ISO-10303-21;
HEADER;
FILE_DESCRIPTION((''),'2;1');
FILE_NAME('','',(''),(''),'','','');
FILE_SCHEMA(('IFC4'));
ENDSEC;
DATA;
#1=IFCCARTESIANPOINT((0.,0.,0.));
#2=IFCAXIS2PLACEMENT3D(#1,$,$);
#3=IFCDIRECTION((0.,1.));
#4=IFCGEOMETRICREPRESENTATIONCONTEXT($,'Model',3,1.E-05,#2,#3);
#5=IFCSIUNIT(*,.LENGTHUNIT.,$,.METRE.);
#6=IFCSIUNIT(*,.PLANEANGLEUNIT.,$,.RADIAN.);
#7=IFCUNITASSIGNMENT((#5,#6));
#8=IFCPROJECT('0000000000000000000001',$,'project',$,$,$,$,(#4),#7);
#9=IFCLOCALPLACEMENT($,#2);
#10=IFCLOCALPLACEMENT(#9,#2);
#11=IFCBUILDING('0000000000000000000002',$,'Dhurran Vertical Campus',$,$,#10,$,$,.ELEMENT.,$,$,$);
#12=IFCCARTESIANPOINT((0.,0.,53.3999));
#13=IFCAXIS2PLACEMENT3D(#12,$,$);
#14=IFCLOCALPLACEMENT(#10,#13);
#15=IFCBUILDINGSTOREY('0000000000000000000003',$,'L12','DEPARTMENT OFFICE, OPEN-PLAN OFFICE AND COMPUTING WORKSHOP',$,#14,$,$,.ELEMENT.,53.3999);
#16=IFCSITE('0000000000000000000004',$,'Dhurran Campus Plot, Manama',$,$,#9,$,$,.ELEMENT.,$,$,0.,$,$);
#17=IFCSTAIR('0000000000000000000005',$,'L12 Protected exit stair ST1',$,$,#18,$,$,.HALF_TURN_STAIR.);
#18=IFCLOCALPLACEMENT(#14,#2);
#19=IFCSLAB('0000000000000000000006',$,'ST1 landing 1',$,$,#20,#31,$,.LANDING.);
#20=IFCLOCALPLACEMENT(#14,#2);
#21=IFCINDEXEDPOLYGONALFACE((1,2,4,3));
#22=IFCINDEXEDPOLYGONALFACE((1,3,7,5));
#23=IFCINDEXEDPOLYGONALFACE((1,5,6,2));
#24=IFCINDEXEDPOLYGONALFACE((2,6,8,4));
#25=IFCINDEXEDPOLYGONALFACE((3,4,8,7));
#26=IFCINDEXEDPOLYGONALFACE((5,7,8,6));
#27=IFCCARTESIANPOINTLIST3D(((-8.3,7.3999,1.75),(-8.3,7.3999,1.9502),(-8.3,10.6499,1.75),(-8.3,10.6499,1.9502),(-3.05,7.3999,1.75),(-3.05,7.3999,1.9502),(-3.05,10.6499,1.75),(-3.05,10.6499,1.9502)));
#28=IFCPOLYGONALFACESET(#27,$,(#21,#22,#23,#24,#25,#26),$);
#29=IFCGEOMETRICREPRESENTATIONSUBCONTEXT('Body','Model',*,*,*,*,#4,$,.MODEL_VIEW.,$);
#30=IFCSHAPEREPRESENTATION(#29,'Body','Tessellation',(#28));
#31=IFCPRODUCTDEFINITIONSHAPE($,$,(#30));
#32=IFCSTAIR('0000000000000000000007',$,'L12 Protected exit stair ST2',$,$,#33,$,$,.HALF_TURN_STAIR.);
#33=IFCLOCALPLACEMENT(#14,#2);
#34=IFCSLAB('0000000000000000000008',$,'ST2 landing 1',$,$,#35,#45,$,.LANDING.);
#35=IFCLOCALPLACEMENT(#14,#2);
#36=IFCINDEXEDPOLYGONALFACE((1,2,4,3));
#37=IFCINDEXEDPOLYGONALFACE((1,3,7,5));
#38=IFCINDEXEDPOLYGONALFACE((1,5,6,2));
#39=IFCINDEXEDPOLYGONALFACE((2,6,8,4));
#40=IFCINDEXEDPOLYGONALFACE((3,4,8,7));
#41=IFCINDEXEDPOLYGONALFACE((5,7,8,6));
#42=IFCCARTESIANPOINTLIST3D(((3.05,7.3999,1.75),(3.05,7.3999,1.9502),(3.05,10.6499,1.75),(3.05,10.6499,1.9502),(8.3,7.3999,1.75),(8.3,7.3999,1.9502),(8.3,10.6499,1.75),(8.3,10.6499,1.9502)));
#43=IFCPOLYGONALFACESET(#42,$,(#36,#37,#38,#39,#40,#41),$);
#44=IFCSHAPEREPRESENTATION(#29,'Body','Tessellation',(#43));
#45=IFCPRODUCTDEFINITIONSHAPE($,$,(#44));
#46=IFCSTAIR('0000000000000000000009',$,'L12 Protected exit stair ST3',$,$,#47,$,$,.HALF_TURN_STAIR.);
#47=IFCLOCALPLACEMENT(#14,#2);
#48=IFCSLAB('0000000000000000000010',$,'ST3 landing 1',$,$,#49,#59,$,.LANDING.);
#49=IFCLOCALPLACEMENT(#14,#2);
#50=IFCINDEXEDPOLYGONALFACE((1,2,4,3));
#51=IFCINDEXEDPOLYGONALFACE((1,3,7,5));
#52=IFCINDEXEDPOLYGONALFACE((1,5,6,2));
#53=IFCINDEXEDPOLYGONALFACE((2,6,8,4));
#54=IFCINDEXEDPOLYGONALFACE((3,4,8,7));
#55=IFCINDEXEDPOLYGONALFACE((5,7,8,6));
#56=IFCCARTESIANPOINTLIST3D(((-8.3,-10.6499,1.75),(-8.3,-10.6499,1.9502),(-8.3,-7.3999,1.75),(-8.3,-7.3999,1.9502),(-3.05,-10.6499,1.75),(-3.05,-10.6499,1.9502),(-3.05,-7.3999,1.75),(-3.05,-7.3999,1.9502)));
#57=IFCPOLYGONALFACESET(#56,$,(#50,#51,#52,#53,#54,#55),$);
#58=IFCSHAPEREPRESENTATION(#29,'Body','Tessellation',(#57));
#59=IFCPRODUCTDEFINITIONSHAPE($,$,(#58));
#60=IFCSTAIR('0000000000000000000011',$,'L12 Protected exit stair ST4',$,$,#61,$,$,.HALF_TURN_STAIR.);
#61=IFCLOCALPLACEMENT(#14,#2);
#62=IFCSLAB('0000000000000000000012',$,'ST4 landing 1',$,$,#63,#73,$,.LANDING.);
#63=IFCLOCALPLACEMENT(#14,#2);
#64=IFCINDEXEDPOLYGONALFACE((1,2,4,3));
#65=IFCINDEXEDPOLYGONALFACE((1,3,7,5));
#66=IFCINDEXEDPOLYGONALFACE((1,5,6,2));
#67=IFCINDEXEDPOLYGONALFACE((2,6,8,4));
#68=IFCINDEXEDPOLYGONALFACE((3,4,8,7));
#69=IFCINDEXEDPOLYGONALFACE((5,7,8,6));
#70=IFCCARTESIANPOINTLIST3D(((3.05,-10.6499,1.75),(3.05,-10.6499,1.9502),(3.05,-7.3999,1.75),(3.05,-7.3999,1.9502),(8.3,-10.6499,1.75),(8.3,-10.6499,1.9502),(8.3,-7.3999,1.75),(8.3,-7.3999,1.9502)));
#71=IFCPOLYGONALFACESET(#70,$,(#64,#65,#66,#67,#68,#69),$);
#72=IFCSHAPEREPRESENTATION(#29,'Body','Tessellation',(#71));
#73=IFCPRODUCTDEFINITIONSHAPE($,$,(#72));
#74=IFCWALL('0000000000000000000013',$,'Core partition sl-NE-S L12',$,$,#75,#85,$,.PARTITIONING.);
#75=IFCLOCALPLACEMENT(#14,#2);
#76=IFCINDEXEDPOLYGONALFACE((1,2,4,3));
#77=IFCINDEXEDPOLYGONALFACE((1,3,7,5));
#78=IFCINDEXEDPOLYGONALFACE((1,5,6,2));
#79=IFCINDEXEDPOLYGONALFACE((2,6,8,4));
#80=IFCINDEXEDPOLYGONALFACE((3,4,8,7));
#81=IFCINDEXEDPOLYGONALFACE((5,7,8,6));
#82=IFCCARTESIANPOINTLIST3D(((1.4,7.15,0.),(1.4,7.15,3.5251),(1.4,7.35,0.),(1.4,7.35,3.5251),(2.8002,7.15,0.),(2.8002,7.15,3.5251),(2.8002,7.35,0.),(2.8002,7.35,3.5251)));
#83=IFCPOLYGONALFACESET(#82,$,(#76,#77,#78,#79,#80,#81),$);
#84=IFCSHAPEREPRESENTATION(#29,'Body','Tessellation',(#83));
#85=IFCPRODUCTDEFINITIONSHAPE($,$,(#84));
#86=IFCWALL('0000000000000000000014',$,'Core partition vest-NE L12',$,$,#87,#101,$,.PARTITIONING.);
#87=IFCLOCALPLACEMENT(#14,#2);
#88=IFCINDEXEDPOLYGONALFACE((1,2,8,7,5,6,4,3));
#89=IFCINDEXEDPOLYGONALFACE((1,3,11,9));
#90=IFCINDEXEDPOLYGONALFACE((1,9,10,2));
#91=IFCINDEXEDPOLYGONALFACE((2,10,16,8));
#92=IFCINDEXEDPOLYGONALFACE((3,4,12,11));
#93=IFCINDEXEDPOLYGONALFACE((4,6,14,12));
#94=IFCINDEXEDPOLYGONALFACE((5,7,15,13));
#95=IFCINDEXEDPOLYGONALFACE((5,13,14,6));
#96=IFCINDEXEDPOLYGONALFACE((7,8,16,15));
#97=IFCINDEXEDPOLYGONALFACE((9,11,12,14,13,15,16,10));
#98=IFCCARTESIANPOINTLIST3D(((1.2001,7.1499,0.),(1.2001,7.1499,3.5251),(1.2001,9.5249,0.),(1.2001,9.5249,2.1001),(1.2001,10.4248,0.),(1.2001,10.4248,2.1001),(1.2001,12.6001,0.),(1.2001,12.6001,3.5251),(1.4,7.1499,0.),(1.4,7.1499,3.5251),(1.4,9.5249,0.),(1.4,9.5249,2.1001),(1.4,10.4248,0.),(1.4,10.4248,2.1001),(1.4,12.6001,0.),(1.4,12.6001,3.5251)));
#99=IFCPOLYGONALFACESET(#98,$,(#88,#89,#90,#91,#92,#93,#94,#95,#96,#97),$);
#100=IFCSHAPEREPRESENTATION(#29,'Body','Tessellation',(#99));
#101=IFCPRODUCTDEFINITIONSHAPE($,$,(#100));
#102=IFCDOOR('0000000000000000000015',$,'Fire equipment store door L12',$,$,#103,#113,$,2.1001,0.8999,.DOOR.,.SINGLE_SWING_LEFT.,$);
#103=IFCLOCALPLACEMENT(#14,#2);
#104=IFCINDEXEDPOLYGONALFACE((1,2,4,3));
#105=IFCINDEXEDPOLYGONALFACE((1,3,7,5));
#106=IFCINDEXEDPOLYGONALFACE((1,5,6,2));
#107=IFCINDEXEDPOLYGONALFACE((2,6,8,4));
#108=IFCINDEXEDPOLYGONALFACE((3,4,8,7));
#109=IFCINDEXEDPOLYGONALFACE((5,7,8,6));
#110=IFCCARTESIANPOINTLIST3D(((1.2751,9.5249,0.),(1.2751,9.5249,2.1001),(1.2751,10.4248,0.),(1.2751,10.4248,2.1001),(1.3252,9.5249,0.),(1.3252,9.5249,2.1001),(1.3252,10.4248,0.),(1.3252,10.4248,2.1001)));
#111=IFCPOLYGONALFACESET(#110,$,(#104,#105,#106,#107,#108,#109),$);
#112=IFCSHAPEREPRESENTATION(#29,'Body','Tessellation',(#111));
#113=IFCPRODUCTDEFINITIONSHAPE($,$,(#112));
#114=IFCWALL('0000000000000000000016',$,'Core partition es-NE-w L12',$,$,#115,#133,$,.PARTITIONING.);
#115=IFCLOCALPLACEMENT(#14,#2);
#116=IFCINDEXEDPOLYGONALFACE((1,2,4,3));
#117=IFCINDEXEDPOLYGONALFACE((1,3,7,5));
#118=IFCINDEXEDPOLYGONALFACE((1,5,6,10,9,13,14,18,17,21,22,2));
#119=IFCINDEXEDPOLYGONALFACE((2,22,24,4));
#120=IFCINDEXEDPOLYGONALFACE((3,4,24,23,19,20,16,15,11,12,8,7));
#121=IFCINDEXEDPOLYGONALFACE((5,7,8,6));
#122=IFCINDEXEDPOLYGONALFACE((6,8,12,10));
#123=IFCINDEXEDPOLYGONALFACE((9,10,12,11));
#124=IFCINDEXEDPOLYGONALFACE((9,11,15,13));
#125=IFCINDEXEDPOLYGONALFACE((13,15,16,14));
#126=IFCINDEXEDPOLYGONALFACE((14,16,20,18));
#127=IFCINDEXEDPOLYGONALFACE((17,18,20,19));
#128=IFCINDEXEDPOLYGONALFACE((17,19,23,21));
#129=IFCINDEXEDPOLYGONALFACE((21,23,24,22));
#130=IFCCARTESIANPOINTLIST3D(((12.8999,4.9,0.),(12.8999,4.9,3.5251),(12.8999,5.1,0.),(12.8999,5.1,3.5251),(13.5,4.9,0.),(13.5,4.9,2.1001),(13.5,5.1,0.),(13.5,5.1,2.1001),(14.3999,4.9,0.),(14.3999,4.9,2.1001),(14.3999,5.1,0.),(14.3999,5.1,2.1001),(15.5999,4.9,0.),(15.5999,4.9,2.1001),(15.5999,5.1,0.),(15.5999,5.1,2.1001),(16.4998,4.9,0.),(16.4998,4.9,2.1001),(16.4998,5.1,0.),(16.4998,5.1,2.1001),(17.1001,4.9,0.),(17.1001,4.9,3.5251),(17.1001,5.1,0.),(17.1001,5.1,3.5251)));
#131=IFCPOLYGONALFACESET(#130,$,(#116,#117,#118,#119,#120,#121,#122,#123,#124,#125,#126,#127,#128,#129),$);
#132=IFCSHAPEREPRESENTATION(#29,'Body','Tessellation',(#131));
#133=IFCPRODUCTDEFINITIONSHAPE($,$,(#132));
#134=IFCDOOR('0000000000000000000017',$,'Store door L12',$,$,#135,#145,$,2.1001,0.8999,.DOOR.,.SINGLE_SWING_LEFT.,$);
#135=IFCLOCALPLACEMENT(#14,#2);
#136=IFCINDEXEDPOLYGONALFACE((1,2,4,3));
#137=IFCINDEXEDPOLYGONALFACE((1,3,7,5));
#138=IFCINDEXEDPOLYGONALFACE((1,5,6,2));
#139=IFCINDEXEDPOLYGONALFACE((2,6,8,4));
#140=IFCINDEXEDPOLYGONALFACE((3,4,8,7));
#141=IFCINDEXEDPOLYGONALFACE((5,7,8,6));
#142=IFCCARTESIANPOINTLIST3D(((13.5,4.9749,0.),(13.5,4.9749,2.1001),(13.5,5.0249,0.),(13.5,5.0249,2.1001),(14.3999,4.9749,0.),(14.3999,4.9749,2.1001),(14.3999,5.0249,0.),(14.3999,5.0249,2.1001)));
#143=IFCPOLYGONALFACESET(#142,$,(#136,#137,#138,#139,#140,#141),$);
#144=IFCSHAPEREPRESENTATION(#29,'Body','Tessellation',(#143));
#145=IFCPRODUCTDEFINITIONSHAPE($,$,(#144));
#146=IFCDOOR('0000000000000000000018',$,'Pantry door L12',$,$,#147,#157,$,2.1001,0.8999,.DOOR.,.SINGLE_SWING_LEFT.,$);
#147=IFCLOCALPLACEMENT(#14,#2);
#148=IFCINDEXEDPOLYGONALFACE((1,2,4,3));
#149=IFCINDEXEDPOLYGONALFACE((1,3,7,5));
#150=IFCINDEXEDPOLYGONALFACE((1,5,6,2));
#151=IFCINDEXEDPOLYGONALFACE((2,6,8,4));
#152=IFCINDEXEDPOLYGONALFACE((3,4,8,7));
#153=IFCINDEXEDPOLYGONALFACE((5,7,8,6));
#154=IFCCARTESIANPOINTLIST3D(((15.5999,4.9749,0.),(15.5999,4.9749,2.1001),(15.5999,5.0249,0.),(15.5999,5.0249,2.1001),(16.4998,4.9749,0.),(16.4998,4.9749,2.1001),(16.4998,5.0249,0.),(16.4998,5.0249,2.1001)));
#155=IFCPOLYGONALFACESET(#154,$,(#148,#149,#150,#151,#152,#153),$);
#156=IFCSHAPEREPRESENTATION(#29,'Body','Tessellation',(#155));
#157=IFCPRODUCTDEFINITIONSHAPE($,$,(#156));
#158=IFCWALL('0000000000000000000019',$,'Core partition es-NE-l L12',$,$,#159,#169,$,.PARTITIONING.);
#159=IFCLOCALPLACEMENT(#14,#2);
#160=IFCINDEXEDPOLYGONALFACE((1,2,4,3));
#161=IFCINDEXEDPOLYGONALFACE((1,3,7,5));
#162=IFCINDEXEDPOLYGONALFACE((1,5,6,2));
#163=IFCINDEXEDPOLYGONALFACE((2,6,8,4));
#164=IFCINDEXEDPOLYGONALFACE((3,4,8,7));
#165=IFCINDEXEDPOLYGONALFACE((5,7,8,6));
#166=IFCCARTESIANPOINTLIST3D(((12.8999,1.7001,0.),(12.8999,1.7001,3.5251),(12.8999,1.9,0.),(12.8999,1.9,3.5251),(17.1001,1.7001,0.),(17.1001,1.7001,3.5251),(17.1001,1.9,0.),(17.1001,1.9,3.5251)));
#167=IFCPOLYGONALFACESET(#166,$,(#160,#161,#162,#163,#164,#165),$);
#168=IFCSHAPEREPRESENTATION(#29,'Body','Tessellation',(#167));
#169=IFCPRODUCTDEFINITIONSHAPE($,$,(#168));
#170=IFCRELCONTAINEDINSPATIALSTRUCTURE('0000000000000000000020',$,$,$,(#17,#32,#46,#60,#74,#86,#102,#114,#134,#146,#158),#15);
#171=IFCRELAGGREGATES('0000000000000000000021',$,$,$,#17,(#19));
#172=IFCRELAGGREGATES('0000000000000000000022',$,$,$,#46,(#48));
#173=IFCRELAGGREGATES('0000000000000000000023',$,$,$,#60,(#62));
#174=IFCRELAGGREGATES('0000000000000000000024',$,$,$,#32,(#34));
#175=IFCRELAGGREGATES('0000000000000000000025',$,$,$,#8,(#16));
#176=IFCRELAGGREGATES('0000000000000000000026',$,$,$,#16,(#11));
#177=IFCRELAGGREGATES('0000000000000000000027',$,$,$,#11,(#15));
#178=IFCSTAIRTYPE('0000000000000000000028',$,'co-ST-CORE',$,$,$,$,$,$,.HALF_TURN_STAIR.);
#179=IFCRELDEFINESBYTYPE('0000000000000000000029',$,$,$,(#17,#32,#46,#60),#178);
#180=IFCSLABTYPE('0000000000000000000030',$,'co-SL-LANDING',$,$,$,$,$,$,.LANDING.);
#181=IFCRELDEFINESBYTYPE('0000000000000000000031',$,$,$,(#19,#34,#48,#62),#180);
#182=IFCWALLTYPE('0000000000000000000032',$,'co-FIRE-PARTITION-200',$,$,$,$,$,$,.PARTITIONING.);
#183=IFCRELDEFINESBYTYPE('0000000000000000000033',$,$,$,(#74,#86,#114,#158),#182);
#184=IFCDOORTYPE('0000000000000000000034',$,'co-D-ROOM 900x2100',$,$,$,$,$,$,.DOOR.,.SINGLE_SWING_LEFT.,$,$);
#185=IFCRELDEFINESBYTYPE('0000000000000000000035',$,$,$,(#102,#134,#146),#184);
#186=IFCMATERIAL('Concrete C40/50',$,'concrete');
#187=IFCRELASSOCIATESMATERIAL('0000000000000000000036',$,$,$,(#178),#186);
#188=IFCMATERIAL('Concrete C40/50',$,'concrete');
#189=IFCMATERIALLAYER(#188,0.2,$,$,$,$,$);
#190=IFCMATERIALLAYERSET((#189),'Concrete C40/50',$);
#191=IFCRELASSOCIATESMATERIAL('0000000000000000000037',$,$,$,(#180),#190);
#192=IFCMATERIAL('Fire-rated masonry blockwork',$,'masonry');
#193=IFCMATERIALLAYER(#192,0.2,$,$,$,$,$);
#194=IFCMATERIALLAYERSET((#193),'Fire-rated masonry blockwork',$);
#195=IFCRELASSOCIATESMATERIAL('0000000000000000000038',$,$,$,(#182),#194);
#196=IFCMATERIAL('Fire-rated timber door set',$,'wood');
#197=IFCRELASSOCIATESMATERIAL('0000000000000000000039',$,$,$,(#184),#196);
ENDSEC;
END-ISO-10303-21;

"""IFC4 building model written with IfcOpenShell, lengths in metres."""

from ifc_helpers import new_model, si_unit, direction, frame, frame_2d, origin, place, context, subcontext, project, spatial, polyline, rectangle, outline, extrude, material, layer, layer_set, type_object, element, fill, aggregate, save


model = new_model("IFC4")

# Units and contexts
model_context = context("Model", 3, precision=1e-05, world=origin(), true_north=direction((0.0, 1.0)))
body_context = subcontext(model_context, "Body", "Model", "MODEL_VIEW")
ifc_project = project(units=[si_unit("LENGTHUNIT", "METRE"), si_unit("PLANEANGLEUNIT", "RADIAN")], contexts=[model_context])

# Site, building, storey
site_placement = place(None, origin())
site = spatial("IfcSite", under=ifc_project, at=site_placement, Name="Dhurran Campus Plot, Manama", CompositionType="ELEMENT", RefElevation=0.0)
building_placement = place(site_placement, origin())
building = spatial("IfcBuilding", under=site, at=building_placement, Name="Dhurran Vertical Campus", CompositionType="ELEMENT")
storey_placement = place(building_placement, frame((0.0, 0.0, 53.3999)))
storey = spatial("IfcBuildingStorey", under=building, at=storey_placement, Name="L12", Description="DEPARTMENT OFFICE, OPEN-PLAN OFFICE AND COMPUTING WORKSHOP", CompositionType="ELEMENT", Elevation=53.3999)

# Stairs, slabs
ifc_material_1 = material(Name="Concrete C40/50", Category="concrete")
stair_type = type_object("IfcStairType", Name="co-ST-CORE", PredefinedType="HALF_TURN_STAIR", material=ifc_material_1)
stair_1_placement = place(storey_placement, origin())
stair_1 = element("IfcStair", 1, at=stair_1_placement, inside=storey, type_object=stair_type, Name="L12 Protected exit stair ST1", PredefinedType="HALF_TURN_STAIR")
ifc_material_2 = material(Name="Concrete C40/50", Category="concrete")
ifc_layer_1 = layer(ifc_material_2, 0.2)
ifc_layer_set_1 = layer_set([ifc_layer_1], Name="Concrete C40/50")
slab_type = type_object("IfcSlabType", Name="co-SL-LANDING", PredefinedType="LANDING", material=ifc_layer_set_1)
slab_1_placement = place(storey_placement, frame((0.0, 0.0, 1.75)))
slab_1 = element("IfcSlab", 2, at=slab_1_placement, type_object=slab_type, Name="ST1 landing 1", PredefinedType="LANDING", context=body_context, shape_type="SweptSolid", body=[
    extrude(outline(polyline([(-8.3, 7.3999), (-3.05, 7.3999), (-3.05, 10.6499), (-8.3, 10.6499), (-8.3, 7.3999)])), origin(), (0.0, 0.0, 1.0), 0.2002),
])
aggregate(stair_1, [slab_1])
stair_2_placement = place(storey_placement, origin())
stair_2 = element("IfcStair", 3, at=stair_2_placement, inside=storey, type_object=stair_type, Name="L12 Protected exit stair ST2", PredefinedType="HALF_TURN_STAIR")
slab_2_placement = place(storey_placement, frame((0.0, 0.0, 1.75)))
slab_2 = element("IfcSlab", 4, at=slab_2_placement, type_object=slab_type, Name="ST2 landing 1", PredefinedType="LANDING", context=body_context, shape_type="SweptSolid", body=[
    extrude(outline(polyline([(8.3, 10.6499), (3.05, 10.6499), (3.05, 7.3999), (8.3, 7.3999), (8.3, 10.6499)])), origin(), (0.0, 0.0, 1.0), 0.2002),
])
stair_3_placement = place(storey_placement, origin())
stair_3 = element("IfcStair", 5, at=stair_3_placement, inside=storey, type_object=stair_type, Name="L12 Protected exit stair ST3", PredefinedType="HALF_TURN_STAIR")
slab_3_placement = place(storey_placement, frame((0.0, 0.0, 1.75)))
slab_3 = element("IfcSlab", 6, at=slab_3_placement, type_object=slab_type, Name="ST3 landing 1", PredefinedType="LANDING", context=body_context, shape_type="SweptSolid", body=[
    extrude(outline(polyline([(-8.3, -10.6499), (-3.05, -10.6499), (-3.05, -7.3999), (-8.3, -7.3999), (-8.3, -10.6499)])), origin(), (0.0, 0.0, 1.0), 0.2002),
])
aggregate(stair_3, [slab_3])
stair_4_placement = place(storey_placement, origin())
stair_4 = element("IfcStair", 7, at=stair_4_placement, inside=storey, type_object=stair_type, Name="L12 Protected exit stair ST4", PredefinedType="HALF_TURN_STAIR")
slab_4_placement = place(storey_placement, frame((0.0, 0.0, 1.75)))
slab_4 = element("IfcSlab", 8, at=slab_4_placement, type_object=slab_type, Name="ST4 landing 1", PredefinedType="LANDING", context=body_context, shape_type="SweptSolid", body=[
    extrude(outline(polyline([(8.3, -7.3999), (3.05, -7.3999), (3.05, -10.6499), (8.3, -10.6499), (8.3, -7.3999)])), origin(), (0.0, 0.0, 1.0), 0.2002),
])
aggregate(stair_4, [slab_4])

# Wall
ifc_material_3 = material(Name="Fire-rated masonry blockwork", Category="masonry")
ifc_layer_2 = layer(ifc_material_3, 0.2)
ifc_layer_set_2 = layer_set([ifc_layer_2], Name="Fire-rated masonry blockwork")
wall_type_1 = type_object("IfcWallType", Name="co-FIRE-PARTITION-200", PredefinedType="PARTITIONING", material=ifc_layer_set_2)
wall_1_placement = place(storey_placement, frame((1.3999, 7.25, 0.0), z_axis=(0.0, 0.0, 1.0), x_axis=(1.0, 0.0, 0.0)))
element("IfcWall", 9, at=wall_1_placement, inside=storey, type_object=wall_type_1, Name="Core partition sl-NE-S L12", PredefinedType="PARTITIONING", context=body_context, shape_type="SweptSolid", body=[
    extrude(rectangle(XDim=1.4001, YDim=0.2, at=frame_2d((0.7002, 0.0))), origin(), (0.0, 0.0, 1.0), 3.5251),
])

# Wall, opening, door
wall_2_placement = place(storey_placement, frame((1.3, 7.1499, 0.0), z_axis=(0.0, 0.0, 1.0), x_axis=(0.0, 1.0, 0.0)))
wall_2 = element("IfcWall", 10, at=wall_2_placement, inside=storey, type_object=wall_type_1, Name="Core partition vest-NE L12", PredefinedType="PARTITIONING", context=body_context, shape_type="SweptSolid", body=[
    extrude(rectangle(XDim=5.4502, YDim=0.2, at=frame_2d((2.7251, 0.0))), origin(), (0.0, 0.0, 1.0), 3.5251),
])
opening_1_placement = place(wall_2_placement, frame((2.375, 0.0, 0.0)))
opening_1 = element("IfcOpeningElement", 11, at=opening_1_placement, cuts=wall_2, PredefinedType="OPENING", context=body_context, shape_type="SweptSolid", body=[
    extrude(rectangle(XDim=0.8999, YDim=2.1001, at=frame_2d((0.45, 1.05))), frame((0.0, 0.1099, 0.0), z_axis=(0.0, -1.0, 0.0), x_axis=(1.0, 0.0, 0.0)), (0.0, 0.0, 1.0), 0.22),
])
ifc_material_4 = material(Name="Fire-rated timber door set", Category="wood")
door_type_1 = type_object("IfcDoorType", Name="co-D-ROOM 900x2100", OperationType="SINGLE_SWING_LEFT", PredefinedType="DOOR", material=ifc_material_4)
door_1_placement = place(opening_1_placement, origin())
door_1 = element("IfcDoor", 12, at=door_1_placement, inside=storey, type_object=door_type_1, Name="Fire equipment store door L12", OperationType="SINGLE_SWING_LEFT", OverallHeight=2.1001, OverallWidth=0.8999, PredefinedType="DOOR", context=body_context, shape_type="SweptSolid", body=[
    extrude(rectangle(XDim=0.8999, YDim=2.1001, at=frame_2d((0.45, 1.05))), frame((0.0, 0.0249, 0.0), z_axis=(0.0, -1.0, 0.0), x_axis=(1.0, 0.0, 0.0)), (0.0, 0.0, 1.0), 0.05),
])
fill(opening_1, door_1)

# Wall, openings, doors
wall_3_placement = place(storey_placement, frame((12.8999, 5.0, 0.0), z_axis=(0.0, 0.0, 1.0), x_axis=(1.0, 0.0, 0.0)))
wall_3 = element("IfcWall", 13, at=wall_3_placement, inside=storey, type_object=wall_type_1, Name="Core partition es-NE-w L12", PredefinedType="PARTITIONING", context=body_context, shape_type="SweptSolid", body=[
    extrude(rectangle(XDim=4.2002, YDim=0.2, at=frame_2d((2.1001, 0.0))), origin(), (0.0, 0.0, 1.0), 3.5251),
])
opening_2_placement = place(wall_3_placement, frame((0.6001, 0.0, 0.0)))
opening_2 = element("IfcOpeningElement", 14, at=opening_2_placement, cuts=wall_3, PredefinedType="OPENING", context=body_context, shape_type="SweptSolid", body=[
    extrude(rectangle(XDim=0.8999, YDim=2.1001, at=frame_2d((0.45, 1.05))), frame((0.0, 0.1099, 0.0), z_axis=(0.0, -1.0, 0.0), x_axis=(1.0, 0.0, 0.0)), (0.0, 0.0, 1.0), 0.22),
])
opening_3_placement = place(wall_3_placement, frame((2.7, 0.0, 0.0)))
opening_3 = element("IfcOpeningElement", 15, at=opening_3_placement, cuts=wall_3, PredefinedType="OPENING", context=body_context, shape_type="SweptSolid", body=[
    extrude(rectangle(XDim=0.8999, YDim=2.1001, at=frame_2d((0.45, 1.05))), frame((0.0, 0.1099, 0.0), z_axis=(0.0, -1.0, 0.0), x_axis=(1.0, 0.0, 0.0)), (0.0, 0.0, 1.0), 0.22),
])
door_2_placement = place(opening_2_placement, origin())
door_2 = element("IfcDoor", 16, at=door_2_placement, inside=storey, type_object=door_type_1, Name="Store door L12", OperationType="SINGLE_SWING_LEFT", OverallHeight=2.1001, OverallWidth=0.8999, PredefinedType="DOOR", context=body_context, shape_type="SweptSolid", body=[
    extrude(rectangle(XDim=0.8999, YDim=2.1001, at=frame_2d((0.45, 1.05))), frame((0.0, 0.0249, 0.0), z_axis=(0.0, -1.0, 0.0), x_axis=(1.0, 0.0, 0.0)), (0.0, 0.0, 1.0), 0.05),
])
fill(opening_2, door_2)
door_3_placement = place(opening_3_placement, origin())
door_3 = element("IfcDoor", 17, at=door_3_placement, inside=storey, type_object=door_type_1, Name="Pantry door L12", OperationType="SINGLE_SWING_LEFT", OverallHeight=2.1001, OverallWidth=0.8999, PredefinedType="DOOR", context=body_context, shape_type="SweptSolid", body=[
    extrude(rectangle(XDim=0.8999, YDim=2.1001, at=frame_2d((0.45, 1.05))), frame((0.0, 0.0249, 0.0), z_axis=(0.0, -1.0, 0.0), x_axis=(1.0, 0.0, 0.0)), (0.0, 0.0, 1.0), 0.05),
])
fill(opening_3, door_3)

# Wall
wall_4_placement = place(storey_placement, frame((12.8999, 1.8, 0.0), z_axis=(0.0, 0.0, 1.0), x_axis=(1.0, 0.0, 0.0)))
element("IfcWall", 18, at=wall_4_placement, inside=storey, type_object=wall_type_1, Name="Core partition es-NE-l L12", PredefinedType="PARTITIONING", context=body_context, shape_type="SweptSolid", body=[
    extrude(rectangle(XDim=4.2002, YDim=0.2, at=frame_2d((2.1001, 0.0))), origin(), (0.0, 0.0, 1.0), 3.5251),
])

aggregate(stair_2, [slab_2])

save(model, "model.ifc")
